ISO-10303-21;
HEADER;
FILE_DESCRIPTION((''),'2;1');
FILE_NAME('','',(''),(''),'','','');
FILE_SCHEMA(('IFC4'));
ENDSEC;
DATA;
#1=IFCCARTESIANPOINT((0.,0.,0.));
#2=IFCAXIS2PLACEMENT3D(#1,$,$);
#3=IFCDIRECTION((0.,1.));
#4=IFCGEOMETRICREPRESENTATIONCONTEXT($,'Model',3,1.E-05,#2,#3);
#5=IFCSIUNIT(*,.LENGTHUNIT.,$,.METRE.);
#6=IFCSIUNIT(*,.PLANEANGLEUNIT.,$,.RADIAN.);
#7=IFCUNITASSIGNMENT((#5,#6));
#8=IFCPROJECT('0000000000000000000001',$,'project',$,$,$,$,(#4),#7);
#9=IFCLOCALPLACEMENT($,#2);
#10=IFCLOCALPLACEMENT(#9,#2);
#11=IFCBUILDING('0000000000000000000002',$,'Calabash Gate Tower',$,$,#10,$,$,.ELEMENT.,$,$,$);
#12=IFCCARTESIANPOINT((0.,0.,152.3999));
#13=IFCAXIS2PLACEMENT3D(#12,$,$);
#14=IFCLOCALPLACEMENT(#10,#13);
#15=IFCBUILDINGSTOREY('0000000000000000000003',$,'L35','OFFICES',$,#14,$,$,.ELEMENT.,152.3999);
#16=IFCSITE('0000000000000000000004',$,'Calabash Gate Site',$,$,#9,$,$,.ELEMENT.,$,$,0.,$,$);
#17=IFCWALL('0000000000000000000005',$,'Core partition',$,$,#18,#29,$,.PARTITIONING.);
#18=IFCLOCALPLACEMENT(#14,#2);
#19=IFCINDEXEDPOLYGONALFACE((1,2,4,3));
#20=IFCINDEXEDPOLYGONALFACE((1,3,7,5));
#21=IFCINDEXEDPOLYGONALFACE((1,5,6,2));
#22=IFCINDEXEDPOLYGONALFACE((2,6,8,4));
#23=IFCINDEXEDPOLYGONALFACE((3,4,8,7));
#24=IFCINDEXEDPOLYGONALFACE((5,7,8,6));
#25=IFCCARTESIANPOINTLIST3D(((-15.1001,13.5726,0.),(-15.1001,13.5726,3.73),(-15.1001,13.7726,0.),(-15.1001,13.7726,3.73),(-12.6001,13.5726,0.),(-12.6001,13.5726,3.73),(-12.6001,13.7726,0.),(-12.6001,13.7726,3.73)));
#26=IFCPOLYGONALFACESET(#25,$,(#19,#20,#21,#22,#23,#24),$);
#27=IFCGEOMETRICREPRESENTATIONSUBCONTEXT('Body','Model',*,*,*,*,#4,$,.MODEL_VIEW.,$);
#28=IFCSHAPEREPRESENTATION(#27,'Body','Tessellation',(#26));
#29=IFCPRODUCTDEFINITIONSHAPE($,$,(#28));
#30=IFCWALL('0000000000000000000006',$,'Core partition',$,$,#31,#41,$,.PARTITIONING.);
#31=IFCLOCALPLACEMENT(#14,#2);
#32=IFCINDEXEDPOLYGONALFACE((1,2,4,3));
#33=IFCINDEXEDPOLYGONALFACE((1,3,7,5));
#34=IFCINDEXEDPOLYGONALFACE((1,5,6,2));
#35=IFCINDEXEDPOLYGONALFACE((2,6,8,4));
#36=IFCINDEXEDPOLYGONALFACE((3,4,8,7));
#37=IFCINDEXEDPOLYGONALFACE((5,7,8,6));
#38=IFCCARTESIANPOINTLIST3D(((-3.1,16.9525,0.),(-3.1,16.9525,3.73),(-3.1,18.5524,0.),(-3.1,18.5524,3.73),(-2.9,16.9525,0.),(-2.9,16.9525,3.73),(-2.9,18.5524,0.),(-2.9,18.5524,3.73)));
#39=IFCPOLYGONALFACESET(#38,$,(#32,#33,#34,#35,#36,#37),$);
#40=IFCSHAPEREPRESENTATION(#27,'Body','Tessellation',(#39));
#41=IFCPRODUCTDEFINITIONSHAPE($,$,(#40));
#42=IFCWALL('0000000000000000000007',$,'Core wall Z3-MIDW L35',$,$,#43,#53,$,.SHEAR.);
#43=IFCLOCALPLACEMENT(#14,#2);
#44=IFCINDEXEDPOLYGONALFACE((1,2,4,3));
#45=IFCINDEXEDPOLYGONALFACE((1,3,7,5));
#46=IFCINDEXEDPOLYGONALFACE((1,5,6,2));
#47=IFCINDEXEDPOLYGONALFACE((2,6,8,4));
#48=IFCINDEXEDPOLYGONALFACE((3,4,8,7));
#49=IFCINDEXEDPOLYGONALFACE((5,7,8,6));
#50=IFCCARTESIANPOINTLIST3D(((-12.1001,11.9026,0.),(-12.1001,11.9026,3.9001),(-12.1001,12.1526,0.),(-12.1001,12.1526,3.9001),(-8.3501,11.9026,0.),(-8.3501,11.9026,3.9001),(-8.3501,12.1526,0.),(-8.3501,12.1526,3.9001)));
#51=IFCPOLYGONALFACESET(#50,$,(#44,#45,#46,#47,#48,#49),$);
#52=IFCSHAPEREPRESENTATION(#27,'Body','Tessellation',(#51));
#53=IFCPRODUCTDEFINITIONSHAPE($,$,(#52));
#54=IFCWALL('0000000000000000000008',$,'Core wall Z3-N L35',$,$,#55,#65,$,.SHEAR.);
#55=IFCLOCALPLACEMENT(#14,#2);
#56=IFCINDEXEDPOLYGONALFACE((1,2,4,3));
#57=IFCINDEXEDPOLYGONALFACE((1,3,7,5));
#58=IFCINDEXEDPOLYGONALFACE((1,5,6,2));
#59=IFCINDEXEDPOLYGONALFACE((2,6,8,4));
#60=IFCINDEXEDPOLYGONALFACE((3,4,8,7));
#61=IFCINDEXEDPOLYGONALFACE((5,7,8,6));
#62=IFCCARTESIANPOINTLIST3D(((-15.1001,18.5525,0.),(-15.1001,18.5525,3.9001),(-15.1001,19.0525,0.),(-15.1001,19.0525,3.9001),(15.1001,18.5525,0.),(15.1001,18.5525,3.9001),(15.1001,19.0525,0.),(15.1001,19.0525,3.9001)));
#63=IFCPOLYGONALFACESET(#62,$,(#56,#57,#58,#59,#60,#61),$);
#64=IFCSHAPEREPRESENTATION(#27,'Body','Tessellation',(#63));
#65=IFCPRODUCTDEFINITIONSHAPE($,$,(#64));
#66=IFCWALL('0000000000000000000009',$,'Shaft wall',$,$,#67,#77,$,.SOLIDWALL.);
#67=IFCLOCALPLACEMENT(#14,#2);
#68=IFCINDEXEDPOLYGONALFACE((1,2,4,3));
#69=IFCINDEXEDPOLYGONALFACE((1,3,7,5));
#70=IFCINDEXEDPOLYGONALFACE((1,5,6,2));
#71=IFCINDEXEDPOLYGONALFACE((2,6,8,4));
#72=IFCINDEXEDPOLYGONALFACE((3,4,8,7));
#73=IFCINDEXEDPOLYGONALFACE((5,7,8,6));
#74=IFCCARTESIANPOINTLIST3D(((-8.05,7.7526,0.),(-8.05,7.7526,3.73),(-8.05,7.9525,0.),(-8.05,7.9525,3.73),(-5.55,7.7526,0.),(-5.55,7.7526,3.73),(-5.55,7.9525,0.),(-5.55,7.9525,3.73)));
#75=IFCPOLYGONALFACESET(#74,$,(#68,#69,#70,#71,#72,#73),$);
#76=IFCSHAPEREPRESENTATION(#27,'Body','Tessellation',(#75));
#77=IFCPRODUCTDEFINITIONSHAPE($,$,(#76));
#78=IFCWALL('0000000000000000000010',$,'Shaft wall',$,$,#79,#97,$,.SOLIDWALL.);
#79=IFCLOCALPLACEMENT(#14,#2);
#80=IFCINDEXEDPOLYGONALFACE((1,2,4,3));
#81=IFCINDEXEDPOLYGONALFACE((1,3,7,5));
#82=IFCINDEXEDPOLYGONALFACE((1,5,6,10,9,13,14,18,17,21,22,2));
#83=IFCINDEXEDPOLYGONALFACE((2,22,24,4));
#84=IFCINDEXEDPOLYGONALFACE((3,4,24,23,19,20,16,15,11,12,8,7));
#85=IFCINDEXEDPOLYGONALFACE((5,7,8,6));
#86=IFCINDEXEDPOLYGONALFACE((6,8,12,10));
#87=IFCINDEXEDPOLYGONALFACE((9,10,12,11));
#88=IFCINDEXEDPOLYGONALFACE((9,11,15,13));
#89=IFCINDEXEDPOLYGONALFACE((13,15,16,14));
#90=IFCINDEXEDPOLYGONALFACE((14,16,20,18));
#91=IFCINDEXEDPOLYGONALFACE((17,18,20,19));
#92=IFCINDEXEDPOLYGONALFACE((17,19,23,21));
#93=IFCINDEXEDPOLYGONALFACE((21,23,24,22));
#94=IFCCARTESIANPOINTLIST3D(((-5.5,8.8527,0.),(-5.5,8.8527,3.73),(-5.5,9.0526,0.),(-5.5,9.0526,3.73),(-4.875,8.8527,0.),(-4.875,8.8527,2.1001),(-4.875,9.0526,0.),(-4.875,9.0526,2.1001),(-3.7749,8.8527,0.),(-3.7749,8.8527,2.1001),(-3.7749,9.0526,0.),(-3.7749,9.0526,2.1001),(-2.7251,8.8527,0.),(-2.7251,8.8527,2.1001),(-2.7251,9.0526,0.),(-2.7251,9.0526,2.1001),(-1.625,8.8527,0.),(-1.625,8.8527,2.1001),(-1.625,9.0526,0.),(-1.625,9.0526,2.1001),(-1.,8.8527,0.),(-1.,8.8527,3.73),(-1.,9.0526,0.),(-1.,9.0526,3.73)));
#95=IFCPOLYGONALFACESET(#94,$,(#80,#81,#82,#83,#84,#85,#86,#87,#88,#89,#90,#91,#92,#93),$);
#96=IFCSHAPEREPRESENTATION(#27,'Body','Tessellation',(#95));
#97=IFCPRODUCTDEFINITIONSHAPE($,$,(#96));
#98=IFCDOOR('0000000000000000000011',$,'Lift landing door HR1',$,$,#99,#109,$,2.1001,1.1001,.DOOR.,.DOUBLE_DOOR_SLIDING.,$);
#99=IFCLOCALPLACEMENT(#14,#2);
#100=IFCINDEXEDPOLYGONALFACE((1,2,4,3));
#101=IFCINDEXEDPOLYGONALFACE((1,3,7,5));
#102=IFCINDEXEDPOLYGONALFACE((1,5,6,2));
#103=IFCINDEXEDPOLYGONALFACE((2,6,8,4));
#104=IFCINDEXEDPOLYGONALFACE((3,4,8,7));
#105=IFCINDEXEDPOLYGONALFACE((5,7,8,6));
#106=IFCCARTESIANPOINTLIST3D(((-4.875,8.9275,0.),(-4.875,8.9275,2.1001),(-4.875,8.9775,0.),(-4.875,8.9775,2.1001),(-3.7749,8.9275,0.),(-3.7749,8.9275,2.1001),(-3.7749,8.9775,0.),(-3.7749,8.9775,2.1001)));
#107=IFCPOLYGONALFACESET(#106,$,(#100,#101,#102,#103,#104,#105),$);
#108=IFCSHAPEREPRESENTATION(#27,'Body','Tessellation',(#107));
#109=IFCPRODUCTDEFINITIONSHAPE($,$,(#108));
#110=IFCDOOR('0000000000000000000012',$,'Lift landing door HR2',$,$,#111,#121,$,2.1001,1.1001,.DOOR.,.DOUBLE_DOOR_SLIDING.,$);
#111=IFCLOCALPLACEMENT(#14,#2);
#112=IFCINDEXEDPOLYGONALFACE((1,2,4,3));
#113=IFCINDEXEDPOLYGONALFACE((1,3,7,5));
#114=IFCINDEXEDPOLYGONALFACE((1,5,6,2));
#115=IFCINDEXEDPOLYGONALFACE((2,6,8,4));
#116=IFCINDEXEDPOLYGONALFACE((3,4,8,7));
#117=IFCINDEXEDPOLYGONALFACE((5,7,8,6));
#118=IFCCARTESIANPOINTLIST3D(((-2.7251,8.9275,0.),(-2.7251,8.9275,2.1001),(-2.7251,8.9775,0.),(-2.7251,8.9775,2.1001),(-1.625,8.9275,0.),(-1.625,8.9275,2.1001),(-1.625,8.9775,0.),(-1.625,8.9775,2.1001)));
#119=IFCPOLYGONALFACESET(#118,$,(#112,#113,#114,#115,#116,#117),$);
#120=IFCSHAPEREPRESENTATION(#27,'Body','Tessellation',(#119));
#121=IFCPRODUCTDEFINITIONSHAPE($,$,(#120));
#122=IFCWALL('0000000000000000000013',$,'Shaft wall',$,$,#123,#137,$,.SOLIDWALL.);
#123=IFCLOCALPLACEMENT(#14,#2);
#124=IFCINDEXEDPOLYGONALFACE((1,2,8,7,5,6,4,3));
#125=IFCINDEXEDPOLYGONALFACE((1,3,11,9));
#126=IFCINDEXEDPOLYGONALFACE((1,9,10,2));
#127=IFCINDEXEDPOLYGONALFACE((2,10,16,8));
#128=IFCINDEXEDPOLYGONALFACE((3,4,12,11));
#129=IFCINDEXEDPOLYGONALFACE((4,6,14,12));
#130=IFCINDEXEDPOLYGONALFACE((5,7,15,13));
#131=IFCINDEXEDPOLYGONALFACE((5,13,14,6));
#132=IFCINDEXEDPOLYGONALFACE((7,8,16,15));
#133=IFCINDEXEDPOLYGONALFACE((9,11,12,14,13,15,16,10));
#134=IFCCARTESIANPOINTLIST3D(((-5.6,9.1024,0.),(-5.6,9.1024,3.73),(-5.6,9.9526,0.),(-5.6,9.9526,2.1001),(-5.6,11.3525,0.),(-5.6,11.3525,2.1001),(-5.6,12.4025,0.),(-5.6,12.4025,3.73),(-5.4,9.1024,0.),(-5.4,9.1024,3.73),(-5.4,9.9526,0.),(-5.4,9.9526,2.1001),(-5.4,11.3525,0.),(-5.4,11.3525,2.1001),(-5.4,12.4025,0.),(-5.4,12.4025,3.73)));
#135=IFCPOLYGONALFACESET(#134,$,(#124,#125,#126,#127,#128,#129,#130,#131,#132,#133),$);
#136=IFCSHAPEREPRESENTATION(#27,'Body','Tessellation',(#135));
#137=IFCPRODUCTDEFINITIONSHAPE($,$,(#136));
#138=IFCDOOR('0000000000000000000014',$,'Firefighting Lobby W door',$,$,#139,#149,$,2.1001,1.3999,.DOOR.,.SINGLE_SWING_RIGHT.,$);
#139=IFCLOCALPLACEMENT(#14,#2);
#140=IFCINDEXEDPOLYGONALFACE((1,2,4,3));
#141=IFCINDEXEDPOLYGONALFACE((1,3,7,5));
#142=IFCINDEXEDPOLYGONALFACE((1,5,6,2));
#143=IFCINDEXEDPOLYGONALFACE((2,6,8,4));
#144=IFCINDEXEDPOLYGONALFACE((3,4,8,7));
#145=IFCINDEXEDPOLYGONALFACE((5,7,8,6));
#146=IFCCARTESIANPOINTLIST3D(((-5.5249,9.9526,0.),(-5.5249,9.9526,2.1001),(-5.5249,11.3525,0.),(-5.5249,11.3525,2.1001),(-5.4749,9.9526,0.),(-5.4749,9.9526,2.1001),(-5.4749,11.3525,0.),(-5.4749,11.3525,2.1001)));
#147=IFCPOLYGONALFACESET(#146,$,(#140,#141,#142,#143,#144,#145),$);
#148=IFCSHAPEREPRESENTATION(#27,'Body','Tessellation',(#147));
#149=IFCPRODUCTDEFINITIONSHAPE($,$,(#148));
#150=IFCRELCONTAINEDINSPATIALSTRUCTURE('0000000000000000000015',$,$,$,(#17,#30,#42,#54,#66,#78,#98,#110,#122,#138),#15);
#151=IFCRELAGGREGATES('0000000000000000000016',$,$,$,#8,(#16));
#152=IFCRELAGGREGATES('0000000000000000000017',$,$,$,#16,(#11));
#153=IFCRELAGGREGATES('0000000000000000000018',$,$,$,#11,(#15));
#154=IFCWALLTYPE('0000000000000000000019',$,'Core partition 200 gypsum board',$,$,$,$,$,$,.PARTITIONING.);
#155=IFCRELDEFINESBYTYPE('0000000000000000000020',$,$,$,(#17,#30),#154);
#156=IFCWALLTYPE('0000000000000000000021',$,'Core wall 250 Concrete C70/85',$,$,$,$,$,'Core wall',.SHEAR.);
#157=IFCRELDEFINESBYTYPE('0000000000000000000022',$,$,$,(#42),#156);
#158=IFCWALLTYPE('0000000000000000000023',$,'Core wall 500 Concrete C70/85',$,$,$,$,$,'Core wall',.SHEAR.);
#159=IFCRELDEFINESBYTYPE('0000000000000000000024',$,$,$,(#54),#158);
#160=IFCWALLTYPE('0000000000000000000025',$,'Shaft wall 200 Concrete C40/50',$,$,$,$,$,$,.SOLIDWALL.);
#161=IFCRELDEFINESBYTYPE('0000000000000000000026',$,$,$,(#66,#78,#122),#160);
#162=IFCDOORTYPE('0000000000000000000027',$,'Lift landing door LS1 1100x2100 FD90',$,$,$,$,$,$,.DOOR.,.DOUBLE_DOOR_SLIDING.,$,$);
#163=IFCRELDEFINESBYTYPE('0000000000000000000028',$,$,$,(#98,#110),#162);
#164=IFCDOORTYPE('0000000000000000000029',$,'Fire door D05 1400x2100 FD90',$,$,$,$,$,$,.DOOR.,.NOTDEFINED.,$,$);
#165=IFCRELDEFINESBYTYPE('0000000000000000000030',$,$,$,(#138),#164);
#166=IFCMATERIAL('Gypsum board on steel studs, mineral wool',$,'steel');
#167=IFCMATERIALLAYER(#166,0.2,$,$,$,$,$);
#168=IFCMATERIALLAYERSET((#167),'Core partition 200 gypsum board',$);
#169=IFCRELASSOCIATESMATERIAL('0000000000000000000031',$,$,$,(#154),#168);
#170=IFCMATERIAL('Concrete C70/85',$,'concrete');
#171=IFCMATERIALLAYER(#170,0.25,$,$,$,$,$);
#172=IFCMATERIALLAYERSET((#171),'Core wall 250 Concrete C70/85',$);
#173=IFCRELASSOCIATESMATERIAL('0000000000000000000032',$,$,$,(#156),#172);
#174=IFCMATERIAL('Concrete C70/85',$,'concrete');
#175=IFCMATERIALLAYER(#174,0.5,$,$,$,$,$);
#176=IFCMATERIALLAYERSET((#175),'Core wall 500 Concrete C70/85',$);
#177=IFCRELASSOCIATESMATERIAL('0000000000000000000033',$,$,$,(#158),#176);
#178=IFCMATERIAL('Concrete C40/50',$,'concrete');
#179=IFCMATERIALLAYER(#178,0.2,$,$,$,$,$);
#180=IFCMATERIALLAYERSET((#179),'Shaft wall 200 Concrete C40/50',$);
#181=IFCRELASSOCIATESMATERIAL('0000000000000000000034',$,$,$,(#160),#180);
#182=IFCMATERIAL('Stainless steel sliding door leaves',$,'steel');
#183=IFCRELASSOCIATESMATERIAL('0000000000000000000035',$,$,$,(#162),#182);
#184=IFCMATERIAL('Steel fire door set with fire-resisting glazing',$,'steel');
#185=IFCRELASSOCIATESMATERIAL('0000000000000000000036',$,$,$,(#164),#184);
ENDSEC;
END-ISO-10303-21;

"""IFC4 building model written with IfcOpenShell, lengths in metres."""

from ifc_helpers import new_model, si_unit, direction, frame, frame_2d, origin, place, context, subcontext, project, spatial, rectangle, extrude, material, layer, layer_set, type_object, element, fill, save


model = new_model("IFC4")

# Units and contexts
model_context = context("Model", 3, precision=1e-05, world=origin(), true_north=direction((0.0, 1.0)))
body_context = subcontext(model_context, "Body", "Model", "MODEL_VIEW")
ifc_project = project(units=[si_unit("LENGTHUNIT", "METRE"), si_unit("PLANEANGLEUNIT", "RADIAN")], contexts=[model_context])

# Site, building, storey
site_placement = place(None, origin())
site = spatial("IfcSite", under=ifc_project, at=site_placement, Name="Calabash Gate Site", CompositionType="ELEMENT", RefElevation=0.0)
building_placement = place(site_placement, origin())
building = spatial("IfcBuilding", under=site, at=building_placement, Name="Calabash Gate Tower", CompositionType="ELEMENT")
storey_placement = place(building_placement, frame((0.0, 0.0, 152.3999)))
storey = spatial("IfcBuildingStorey", under=building, at=storey_placement, Name="L35", Description="OFFICES", CompositionType="ELEMENT", Elevation=152.3999)

# Walls
ifc_material_1 = material(Name="Gypsum board on steel studs, mineral wool", Category="steel")
ifc_layer_1 = layer(ifc_material_1, 0.2)
ifc_layer_set_1 = layer_set([ifc_layer_1], Name="Core partition 200 gypsum board")
wall_type_1 = type_object("IfcWallType", Name="Core partition 200 gypsum board", PredefinedType="PARTITIONING", material=ifc_layer_set_1)
wall_1_placement = place(storey_placement, frame((-15.1001, 13.6726, 0.0), z_axis=(0.0, 0.0, 1.0), x_axis=(1.0, 0.0, 0.0)))
element("IfcWall", 1, at=wall_1_placement, inside=storey, type_object=wall_type_1, Name="Core partition", PredefinedType="PARTITIONING", context=body_context, shape_type="SweptSolid", body=[
    extrude(rectangle(XDim=2.5, YDim=0.2, at=frame_2d((1.25, 0.0))), origin(), (0.0, 0.0, 1.0), 3.73),
])
wall_2_placement = place(storey_placement, frame((-3.0, 16.9526, 0.0), z_axis=(0.0, 0.0, 1.0), x_axis=(0.0, 1.0, 0.0)))
element("IfcWall", 2, at=wall_2_placement, inside=storey, type_object=wall_type_1, Name="Core partition", PredefinedType="PARTITIONING", context=body_context, shape_type="SweptSolid", body=[
    extrude(rectangle(XDim=1.5999, YDim=0.2, at=frame_2d((0.7998, 0.0))), origin(), (0.0, 0.0, 1.0), 3.73),
])
ifc_material_2 = material(Name="Concrete C70/85", Category="concrete")
ifc_layer_2 = layer(ifc_material_2, 0.25)
ifc_layer_set_2 = layer_set([ifc_layer_2], Name="Core wall 250 Concrete C70/85")
wall_type_2 = type_object("IfcWallType", Name="Core wall 250 Concrete C70/85", ElementType="Core wall", PredefinedType="SHEAR", material=ifc_layer_set_2)
wall_3_placement = place(storey_placement, frame((-12.1001, 12.0276, 0.0), z_axis=(0.0, 0.0, 1.0), x_axis=(1.0, 0.0, 0.0)))
element("IfcWall", 3, at=wall_3_placement, inside=storey, type_object=wall_type_2, Name="Core wall Z3-MIDW L35", PredefinedType="SHEAR", context=body_context, shape_type="SweptSolid", body=[
    extrude(rectangle(XDim=3.75, YDim=0.25, at=frame_2d((1.875, 0.0))), origin(), (0.0, 0.0, 1.0), 3.9001),
])
ifc_material_3 = material(Name="Concrete C70/85", Category="concrete")
ifc_layer_3 = layer(ifc_material_3, 0.5)
ifc_layer_set_3 = layer_set([ifc_layer_3], Name="Core wall 500 Concrete C70/85")
wall_type_3 = type_object("IfcWallType", Name="Core wall 500 Concrete C70/85", ElementType="Core wall", PredefinedType="SHEAR", material=ifc_layer_set_3)
wall_4_placement = place(storey_placement, frame((-15.1001, 18.8025, 0.0), z_axis=(0.0, 0.0, 1.0), x_axis=(1.0, 0.0, 0.0)))
element("IfcWall", 4, at=wall_4_placement, inside=storey, type_object=wall_type_3, Name="Core wall Z3-N L35", PredefinedType="SHEAR", context=body_context, shape_type="SweptSolid", body=[
    extrude(rectangle(XDim=30.2002, YDim=0.5, at=frame_2d((15.1001, 0.0))), origin(), (0.0, 0.0, 1.0), 3.9001),
])
ifc_material_4 = material(Name="Concrete C40/50", Category="concrete")
ifc_layer_4 = layer(ifc_material_4, 0.2)
ifc_layer_set_4 = layer_set([ifc_layer_4], Name="Shaft wall 200 Concrete C40/50")
wall_type_4 = type_object("IfcWallType", Name="Shaft wall 200 Concrete C40/50", PredefinedType="SOLIDWALL", material=ifc_layer_set_4)
wall_5_placement = place(storey_placement, frame((-8.05, 7.8525, 0.0), z_axis=(0.0, 0.0, 1.0), x_axis=(1.0, 0.0, 0.0)))
element("IfcWall", 5, at=wall_5_placement, inside=storey, type_object=wall_type_4, Name="Shaft wall", PredefinedType="SOLIDWALL", context=body_context, shape_type="SweptSolid", body=[
    extrude(rectangle(XDim=2.5, YDim=0.2, at=frame_2d((1.25, 0.0))), origin(), (0.0, 0.0, 1.0), 3.73),
])

# Wall, openings, doors
wall_6_placement = place(storey_placement, frame((-5.5, 8.9526, 0.0), z_axis=(0.0, 0.0, 1.0), x_axis=(1.0, 0.0, 0.0)))
wall_6 = element("IfcWall", 6, at=wall_6_placement, inside=storey, type_object=wall_type_4, Name="Shaft wall", PredefinedType="SOLIDWALL", context=body_context, shape_type="SweptSolid", body=[
    extrude(rectangle(XDim=4.5, YDim=0.2, at=frame_2d((2.25, 0.0))), origin(), (0.0, 0.0, 1.0), 3.73),
])
opening_1_placement = place(wall_6_placement, frame((0.625, 0.0, 0.0)))
opening_1 = element("IfcOpeningElement", 7, at=opening_1_placement, cuts=wall_6, PredefinedType="OPENING", context=body_context, shape_type="SweptSolid", body=[
    extrude(rectangle(XDim=1.1001, YDim=2.1001, at=frame_2d((0.55, 1.05))), frame((0.0, 0.1099, 0.0), z_axis=(0.0, -1.0, 0.0), x_axis=(1.0, 0.0, 0.0)), (0.0, 0.0, 1.0), 0.22),
])
opening_2_placement = place(wall_6_placement, frame((2.7749, 0.0, 0.0)))
opening_2 = element("IfcOpeningElement", 8, at=opening_2_placement, cuts=wall_6, PredefinedType="OPENING", context=body_context, shape_type="SweptSolid", body=[
    extrude(rectangle(XDim=1.1001, YDim=2.1001, at=frame_2d((0.55, 1.05))), frame((0.0, 0.1099, 0.0), z_axis=(0.0, -1.0, 0.0), x_axis=(1.0, 0.0, 0.0)), (0.0, 0.0, 1.0), 0.22),
])
ifc_material_5 = material(Name="Stainless steel sliding door leaves", Category="steel")
door_type_1 = type_object("IfcDoorType", Name="Lift landing door LS1 1100x2100 FD90", OperationType="DOUBLE_DOOR_SLIDING", PredefinedType="DOOR", material=ifc_material_5)
door_1_placement = place(opening_1_placement, origin())
door_1 = element("IfcDoor", 9, at=door_1_placement, inside=storey, type_object=door_type_1, Name="Lift landing door HR1", OperationType="DOUBLE_DOOR_SLIDING", OverallHeight=2.1001, OverallWidth=1.1001, PredefinedType="DOOR", context=body_context, shape_type="SweptSolid", body=[
    extrude(rectangle(XDim=1.1001, YDim=2.1001, at=frame_2d((0.55, 1.05))), frame((0.0, 0.0249, 0.0), z_axis=(0.0, -1.0, 0.0), x_axis=(1.0, 0.0, 0.0)), (0.0, 0.0, 1.0), 0.05),
])
fill(opening_1, door_1)
door_2_placement = place(opening_2_placement, origin())
door_2 = element("IfcDoor", 10, at=door_2_placement, inside=storey, type_object=door_type_1, Name="Lift landing door HR2", OperationType="DOUBLE_DOOR_SLIDING", OverallHeight=2.1001, OverallWidth=1.1001, PredefinedType="DOOR", context=body_context, shape_type="SweptSolid", body=[
    extrude(rectangle(XDim=1.1001, YDim=2.1001, at=frame_2d((0.55, 1.05))), frame((0.0, 0.0249, 0.0), z_axis=(0.0, -1.0, 0.0), x_axis=(1.0, 0.0, 0.0)), (0.0, 0.0, 1.0), 0.05),
])
fill(opening_2, door_2)

# Wall, opening, door
wall_7_placement = place(storey_placement, frame((-5.5, 9.1025, 0.0), z_axis=(0.0, 0.0, 1.0), x_axis=(0.0, 1.0, 0.0)))
wall_7 = element("IfcWall", 11, at=wall_7_placement, inside=storey, type_object=wall_type_4, Name="Shaft wall", PredefinedType="SOLIDWALL", context=body_context, shape_type="SweptSolid", body=[
    extrude(rectangle(XDim=3.3, YDim=0.2, at=frame_2d((1.6499, 0.0))), origin(), (0.0, 0.0, 1.0), 3.73),
])
opening_3_placement = place(wall_7_placement, frame((0.8501, 0.0, 0.0)))
opening_3 = element("IfcOpeningElement", 12, at=opening_3_placement, cuts=wall_7, PredefinedType="OPENING", context=body_context, shape_type="SweptSolid", body=[
    extrude(rectangle(XDim=1.3999, YDim=2.1001, at=frame_2d((0.7, 1.05))), frame((0.0, 0.1099, 0.0), z_axis=(0.0, -1.0, 0.0), x_axis=(1.0, 0.0, 0.0)), (0.0, 0.0, 1.0), 0.22),
])
ifc_material_6 = material(Name="Steel fire door set with fire-resisting glazing", Category="steel")
door_type_2 = type_object("IfcDoorType", Name="Fire door D05 1400x2100 FD90", OperationType="NOTDEFINED", PredefinedType="DOOR", material=ifc_material_6)
door_3_placement = place(opening_3_placement, origin())
door_3 = element("IfcDoor", 13, at=door_3_placement, inside=storey, type_object=door_type_2, Name="Firefighting Lobby W door", OperationType="SINGLE_SWING_RIGHT", OverallHeight=2.1001, OverallWidth=1.3999, PredefinedType="DOOR", context=body_context, shape_type="SweptSolid", body=[
    extrude(rectangle(XDim=1.3999, YDim=2.1001, at=frame_2d((0.7, 1.05))), frame((0.0, 0.0249, 0.0), z_axis=(0.0, -1.0, 0.0), x_axis=(1.0, 0.0, 0.0)), (0.0, 0.0, 1.0), 0.05),
])
fill(opening_3, door_3)

save(model, "model.ifc")
